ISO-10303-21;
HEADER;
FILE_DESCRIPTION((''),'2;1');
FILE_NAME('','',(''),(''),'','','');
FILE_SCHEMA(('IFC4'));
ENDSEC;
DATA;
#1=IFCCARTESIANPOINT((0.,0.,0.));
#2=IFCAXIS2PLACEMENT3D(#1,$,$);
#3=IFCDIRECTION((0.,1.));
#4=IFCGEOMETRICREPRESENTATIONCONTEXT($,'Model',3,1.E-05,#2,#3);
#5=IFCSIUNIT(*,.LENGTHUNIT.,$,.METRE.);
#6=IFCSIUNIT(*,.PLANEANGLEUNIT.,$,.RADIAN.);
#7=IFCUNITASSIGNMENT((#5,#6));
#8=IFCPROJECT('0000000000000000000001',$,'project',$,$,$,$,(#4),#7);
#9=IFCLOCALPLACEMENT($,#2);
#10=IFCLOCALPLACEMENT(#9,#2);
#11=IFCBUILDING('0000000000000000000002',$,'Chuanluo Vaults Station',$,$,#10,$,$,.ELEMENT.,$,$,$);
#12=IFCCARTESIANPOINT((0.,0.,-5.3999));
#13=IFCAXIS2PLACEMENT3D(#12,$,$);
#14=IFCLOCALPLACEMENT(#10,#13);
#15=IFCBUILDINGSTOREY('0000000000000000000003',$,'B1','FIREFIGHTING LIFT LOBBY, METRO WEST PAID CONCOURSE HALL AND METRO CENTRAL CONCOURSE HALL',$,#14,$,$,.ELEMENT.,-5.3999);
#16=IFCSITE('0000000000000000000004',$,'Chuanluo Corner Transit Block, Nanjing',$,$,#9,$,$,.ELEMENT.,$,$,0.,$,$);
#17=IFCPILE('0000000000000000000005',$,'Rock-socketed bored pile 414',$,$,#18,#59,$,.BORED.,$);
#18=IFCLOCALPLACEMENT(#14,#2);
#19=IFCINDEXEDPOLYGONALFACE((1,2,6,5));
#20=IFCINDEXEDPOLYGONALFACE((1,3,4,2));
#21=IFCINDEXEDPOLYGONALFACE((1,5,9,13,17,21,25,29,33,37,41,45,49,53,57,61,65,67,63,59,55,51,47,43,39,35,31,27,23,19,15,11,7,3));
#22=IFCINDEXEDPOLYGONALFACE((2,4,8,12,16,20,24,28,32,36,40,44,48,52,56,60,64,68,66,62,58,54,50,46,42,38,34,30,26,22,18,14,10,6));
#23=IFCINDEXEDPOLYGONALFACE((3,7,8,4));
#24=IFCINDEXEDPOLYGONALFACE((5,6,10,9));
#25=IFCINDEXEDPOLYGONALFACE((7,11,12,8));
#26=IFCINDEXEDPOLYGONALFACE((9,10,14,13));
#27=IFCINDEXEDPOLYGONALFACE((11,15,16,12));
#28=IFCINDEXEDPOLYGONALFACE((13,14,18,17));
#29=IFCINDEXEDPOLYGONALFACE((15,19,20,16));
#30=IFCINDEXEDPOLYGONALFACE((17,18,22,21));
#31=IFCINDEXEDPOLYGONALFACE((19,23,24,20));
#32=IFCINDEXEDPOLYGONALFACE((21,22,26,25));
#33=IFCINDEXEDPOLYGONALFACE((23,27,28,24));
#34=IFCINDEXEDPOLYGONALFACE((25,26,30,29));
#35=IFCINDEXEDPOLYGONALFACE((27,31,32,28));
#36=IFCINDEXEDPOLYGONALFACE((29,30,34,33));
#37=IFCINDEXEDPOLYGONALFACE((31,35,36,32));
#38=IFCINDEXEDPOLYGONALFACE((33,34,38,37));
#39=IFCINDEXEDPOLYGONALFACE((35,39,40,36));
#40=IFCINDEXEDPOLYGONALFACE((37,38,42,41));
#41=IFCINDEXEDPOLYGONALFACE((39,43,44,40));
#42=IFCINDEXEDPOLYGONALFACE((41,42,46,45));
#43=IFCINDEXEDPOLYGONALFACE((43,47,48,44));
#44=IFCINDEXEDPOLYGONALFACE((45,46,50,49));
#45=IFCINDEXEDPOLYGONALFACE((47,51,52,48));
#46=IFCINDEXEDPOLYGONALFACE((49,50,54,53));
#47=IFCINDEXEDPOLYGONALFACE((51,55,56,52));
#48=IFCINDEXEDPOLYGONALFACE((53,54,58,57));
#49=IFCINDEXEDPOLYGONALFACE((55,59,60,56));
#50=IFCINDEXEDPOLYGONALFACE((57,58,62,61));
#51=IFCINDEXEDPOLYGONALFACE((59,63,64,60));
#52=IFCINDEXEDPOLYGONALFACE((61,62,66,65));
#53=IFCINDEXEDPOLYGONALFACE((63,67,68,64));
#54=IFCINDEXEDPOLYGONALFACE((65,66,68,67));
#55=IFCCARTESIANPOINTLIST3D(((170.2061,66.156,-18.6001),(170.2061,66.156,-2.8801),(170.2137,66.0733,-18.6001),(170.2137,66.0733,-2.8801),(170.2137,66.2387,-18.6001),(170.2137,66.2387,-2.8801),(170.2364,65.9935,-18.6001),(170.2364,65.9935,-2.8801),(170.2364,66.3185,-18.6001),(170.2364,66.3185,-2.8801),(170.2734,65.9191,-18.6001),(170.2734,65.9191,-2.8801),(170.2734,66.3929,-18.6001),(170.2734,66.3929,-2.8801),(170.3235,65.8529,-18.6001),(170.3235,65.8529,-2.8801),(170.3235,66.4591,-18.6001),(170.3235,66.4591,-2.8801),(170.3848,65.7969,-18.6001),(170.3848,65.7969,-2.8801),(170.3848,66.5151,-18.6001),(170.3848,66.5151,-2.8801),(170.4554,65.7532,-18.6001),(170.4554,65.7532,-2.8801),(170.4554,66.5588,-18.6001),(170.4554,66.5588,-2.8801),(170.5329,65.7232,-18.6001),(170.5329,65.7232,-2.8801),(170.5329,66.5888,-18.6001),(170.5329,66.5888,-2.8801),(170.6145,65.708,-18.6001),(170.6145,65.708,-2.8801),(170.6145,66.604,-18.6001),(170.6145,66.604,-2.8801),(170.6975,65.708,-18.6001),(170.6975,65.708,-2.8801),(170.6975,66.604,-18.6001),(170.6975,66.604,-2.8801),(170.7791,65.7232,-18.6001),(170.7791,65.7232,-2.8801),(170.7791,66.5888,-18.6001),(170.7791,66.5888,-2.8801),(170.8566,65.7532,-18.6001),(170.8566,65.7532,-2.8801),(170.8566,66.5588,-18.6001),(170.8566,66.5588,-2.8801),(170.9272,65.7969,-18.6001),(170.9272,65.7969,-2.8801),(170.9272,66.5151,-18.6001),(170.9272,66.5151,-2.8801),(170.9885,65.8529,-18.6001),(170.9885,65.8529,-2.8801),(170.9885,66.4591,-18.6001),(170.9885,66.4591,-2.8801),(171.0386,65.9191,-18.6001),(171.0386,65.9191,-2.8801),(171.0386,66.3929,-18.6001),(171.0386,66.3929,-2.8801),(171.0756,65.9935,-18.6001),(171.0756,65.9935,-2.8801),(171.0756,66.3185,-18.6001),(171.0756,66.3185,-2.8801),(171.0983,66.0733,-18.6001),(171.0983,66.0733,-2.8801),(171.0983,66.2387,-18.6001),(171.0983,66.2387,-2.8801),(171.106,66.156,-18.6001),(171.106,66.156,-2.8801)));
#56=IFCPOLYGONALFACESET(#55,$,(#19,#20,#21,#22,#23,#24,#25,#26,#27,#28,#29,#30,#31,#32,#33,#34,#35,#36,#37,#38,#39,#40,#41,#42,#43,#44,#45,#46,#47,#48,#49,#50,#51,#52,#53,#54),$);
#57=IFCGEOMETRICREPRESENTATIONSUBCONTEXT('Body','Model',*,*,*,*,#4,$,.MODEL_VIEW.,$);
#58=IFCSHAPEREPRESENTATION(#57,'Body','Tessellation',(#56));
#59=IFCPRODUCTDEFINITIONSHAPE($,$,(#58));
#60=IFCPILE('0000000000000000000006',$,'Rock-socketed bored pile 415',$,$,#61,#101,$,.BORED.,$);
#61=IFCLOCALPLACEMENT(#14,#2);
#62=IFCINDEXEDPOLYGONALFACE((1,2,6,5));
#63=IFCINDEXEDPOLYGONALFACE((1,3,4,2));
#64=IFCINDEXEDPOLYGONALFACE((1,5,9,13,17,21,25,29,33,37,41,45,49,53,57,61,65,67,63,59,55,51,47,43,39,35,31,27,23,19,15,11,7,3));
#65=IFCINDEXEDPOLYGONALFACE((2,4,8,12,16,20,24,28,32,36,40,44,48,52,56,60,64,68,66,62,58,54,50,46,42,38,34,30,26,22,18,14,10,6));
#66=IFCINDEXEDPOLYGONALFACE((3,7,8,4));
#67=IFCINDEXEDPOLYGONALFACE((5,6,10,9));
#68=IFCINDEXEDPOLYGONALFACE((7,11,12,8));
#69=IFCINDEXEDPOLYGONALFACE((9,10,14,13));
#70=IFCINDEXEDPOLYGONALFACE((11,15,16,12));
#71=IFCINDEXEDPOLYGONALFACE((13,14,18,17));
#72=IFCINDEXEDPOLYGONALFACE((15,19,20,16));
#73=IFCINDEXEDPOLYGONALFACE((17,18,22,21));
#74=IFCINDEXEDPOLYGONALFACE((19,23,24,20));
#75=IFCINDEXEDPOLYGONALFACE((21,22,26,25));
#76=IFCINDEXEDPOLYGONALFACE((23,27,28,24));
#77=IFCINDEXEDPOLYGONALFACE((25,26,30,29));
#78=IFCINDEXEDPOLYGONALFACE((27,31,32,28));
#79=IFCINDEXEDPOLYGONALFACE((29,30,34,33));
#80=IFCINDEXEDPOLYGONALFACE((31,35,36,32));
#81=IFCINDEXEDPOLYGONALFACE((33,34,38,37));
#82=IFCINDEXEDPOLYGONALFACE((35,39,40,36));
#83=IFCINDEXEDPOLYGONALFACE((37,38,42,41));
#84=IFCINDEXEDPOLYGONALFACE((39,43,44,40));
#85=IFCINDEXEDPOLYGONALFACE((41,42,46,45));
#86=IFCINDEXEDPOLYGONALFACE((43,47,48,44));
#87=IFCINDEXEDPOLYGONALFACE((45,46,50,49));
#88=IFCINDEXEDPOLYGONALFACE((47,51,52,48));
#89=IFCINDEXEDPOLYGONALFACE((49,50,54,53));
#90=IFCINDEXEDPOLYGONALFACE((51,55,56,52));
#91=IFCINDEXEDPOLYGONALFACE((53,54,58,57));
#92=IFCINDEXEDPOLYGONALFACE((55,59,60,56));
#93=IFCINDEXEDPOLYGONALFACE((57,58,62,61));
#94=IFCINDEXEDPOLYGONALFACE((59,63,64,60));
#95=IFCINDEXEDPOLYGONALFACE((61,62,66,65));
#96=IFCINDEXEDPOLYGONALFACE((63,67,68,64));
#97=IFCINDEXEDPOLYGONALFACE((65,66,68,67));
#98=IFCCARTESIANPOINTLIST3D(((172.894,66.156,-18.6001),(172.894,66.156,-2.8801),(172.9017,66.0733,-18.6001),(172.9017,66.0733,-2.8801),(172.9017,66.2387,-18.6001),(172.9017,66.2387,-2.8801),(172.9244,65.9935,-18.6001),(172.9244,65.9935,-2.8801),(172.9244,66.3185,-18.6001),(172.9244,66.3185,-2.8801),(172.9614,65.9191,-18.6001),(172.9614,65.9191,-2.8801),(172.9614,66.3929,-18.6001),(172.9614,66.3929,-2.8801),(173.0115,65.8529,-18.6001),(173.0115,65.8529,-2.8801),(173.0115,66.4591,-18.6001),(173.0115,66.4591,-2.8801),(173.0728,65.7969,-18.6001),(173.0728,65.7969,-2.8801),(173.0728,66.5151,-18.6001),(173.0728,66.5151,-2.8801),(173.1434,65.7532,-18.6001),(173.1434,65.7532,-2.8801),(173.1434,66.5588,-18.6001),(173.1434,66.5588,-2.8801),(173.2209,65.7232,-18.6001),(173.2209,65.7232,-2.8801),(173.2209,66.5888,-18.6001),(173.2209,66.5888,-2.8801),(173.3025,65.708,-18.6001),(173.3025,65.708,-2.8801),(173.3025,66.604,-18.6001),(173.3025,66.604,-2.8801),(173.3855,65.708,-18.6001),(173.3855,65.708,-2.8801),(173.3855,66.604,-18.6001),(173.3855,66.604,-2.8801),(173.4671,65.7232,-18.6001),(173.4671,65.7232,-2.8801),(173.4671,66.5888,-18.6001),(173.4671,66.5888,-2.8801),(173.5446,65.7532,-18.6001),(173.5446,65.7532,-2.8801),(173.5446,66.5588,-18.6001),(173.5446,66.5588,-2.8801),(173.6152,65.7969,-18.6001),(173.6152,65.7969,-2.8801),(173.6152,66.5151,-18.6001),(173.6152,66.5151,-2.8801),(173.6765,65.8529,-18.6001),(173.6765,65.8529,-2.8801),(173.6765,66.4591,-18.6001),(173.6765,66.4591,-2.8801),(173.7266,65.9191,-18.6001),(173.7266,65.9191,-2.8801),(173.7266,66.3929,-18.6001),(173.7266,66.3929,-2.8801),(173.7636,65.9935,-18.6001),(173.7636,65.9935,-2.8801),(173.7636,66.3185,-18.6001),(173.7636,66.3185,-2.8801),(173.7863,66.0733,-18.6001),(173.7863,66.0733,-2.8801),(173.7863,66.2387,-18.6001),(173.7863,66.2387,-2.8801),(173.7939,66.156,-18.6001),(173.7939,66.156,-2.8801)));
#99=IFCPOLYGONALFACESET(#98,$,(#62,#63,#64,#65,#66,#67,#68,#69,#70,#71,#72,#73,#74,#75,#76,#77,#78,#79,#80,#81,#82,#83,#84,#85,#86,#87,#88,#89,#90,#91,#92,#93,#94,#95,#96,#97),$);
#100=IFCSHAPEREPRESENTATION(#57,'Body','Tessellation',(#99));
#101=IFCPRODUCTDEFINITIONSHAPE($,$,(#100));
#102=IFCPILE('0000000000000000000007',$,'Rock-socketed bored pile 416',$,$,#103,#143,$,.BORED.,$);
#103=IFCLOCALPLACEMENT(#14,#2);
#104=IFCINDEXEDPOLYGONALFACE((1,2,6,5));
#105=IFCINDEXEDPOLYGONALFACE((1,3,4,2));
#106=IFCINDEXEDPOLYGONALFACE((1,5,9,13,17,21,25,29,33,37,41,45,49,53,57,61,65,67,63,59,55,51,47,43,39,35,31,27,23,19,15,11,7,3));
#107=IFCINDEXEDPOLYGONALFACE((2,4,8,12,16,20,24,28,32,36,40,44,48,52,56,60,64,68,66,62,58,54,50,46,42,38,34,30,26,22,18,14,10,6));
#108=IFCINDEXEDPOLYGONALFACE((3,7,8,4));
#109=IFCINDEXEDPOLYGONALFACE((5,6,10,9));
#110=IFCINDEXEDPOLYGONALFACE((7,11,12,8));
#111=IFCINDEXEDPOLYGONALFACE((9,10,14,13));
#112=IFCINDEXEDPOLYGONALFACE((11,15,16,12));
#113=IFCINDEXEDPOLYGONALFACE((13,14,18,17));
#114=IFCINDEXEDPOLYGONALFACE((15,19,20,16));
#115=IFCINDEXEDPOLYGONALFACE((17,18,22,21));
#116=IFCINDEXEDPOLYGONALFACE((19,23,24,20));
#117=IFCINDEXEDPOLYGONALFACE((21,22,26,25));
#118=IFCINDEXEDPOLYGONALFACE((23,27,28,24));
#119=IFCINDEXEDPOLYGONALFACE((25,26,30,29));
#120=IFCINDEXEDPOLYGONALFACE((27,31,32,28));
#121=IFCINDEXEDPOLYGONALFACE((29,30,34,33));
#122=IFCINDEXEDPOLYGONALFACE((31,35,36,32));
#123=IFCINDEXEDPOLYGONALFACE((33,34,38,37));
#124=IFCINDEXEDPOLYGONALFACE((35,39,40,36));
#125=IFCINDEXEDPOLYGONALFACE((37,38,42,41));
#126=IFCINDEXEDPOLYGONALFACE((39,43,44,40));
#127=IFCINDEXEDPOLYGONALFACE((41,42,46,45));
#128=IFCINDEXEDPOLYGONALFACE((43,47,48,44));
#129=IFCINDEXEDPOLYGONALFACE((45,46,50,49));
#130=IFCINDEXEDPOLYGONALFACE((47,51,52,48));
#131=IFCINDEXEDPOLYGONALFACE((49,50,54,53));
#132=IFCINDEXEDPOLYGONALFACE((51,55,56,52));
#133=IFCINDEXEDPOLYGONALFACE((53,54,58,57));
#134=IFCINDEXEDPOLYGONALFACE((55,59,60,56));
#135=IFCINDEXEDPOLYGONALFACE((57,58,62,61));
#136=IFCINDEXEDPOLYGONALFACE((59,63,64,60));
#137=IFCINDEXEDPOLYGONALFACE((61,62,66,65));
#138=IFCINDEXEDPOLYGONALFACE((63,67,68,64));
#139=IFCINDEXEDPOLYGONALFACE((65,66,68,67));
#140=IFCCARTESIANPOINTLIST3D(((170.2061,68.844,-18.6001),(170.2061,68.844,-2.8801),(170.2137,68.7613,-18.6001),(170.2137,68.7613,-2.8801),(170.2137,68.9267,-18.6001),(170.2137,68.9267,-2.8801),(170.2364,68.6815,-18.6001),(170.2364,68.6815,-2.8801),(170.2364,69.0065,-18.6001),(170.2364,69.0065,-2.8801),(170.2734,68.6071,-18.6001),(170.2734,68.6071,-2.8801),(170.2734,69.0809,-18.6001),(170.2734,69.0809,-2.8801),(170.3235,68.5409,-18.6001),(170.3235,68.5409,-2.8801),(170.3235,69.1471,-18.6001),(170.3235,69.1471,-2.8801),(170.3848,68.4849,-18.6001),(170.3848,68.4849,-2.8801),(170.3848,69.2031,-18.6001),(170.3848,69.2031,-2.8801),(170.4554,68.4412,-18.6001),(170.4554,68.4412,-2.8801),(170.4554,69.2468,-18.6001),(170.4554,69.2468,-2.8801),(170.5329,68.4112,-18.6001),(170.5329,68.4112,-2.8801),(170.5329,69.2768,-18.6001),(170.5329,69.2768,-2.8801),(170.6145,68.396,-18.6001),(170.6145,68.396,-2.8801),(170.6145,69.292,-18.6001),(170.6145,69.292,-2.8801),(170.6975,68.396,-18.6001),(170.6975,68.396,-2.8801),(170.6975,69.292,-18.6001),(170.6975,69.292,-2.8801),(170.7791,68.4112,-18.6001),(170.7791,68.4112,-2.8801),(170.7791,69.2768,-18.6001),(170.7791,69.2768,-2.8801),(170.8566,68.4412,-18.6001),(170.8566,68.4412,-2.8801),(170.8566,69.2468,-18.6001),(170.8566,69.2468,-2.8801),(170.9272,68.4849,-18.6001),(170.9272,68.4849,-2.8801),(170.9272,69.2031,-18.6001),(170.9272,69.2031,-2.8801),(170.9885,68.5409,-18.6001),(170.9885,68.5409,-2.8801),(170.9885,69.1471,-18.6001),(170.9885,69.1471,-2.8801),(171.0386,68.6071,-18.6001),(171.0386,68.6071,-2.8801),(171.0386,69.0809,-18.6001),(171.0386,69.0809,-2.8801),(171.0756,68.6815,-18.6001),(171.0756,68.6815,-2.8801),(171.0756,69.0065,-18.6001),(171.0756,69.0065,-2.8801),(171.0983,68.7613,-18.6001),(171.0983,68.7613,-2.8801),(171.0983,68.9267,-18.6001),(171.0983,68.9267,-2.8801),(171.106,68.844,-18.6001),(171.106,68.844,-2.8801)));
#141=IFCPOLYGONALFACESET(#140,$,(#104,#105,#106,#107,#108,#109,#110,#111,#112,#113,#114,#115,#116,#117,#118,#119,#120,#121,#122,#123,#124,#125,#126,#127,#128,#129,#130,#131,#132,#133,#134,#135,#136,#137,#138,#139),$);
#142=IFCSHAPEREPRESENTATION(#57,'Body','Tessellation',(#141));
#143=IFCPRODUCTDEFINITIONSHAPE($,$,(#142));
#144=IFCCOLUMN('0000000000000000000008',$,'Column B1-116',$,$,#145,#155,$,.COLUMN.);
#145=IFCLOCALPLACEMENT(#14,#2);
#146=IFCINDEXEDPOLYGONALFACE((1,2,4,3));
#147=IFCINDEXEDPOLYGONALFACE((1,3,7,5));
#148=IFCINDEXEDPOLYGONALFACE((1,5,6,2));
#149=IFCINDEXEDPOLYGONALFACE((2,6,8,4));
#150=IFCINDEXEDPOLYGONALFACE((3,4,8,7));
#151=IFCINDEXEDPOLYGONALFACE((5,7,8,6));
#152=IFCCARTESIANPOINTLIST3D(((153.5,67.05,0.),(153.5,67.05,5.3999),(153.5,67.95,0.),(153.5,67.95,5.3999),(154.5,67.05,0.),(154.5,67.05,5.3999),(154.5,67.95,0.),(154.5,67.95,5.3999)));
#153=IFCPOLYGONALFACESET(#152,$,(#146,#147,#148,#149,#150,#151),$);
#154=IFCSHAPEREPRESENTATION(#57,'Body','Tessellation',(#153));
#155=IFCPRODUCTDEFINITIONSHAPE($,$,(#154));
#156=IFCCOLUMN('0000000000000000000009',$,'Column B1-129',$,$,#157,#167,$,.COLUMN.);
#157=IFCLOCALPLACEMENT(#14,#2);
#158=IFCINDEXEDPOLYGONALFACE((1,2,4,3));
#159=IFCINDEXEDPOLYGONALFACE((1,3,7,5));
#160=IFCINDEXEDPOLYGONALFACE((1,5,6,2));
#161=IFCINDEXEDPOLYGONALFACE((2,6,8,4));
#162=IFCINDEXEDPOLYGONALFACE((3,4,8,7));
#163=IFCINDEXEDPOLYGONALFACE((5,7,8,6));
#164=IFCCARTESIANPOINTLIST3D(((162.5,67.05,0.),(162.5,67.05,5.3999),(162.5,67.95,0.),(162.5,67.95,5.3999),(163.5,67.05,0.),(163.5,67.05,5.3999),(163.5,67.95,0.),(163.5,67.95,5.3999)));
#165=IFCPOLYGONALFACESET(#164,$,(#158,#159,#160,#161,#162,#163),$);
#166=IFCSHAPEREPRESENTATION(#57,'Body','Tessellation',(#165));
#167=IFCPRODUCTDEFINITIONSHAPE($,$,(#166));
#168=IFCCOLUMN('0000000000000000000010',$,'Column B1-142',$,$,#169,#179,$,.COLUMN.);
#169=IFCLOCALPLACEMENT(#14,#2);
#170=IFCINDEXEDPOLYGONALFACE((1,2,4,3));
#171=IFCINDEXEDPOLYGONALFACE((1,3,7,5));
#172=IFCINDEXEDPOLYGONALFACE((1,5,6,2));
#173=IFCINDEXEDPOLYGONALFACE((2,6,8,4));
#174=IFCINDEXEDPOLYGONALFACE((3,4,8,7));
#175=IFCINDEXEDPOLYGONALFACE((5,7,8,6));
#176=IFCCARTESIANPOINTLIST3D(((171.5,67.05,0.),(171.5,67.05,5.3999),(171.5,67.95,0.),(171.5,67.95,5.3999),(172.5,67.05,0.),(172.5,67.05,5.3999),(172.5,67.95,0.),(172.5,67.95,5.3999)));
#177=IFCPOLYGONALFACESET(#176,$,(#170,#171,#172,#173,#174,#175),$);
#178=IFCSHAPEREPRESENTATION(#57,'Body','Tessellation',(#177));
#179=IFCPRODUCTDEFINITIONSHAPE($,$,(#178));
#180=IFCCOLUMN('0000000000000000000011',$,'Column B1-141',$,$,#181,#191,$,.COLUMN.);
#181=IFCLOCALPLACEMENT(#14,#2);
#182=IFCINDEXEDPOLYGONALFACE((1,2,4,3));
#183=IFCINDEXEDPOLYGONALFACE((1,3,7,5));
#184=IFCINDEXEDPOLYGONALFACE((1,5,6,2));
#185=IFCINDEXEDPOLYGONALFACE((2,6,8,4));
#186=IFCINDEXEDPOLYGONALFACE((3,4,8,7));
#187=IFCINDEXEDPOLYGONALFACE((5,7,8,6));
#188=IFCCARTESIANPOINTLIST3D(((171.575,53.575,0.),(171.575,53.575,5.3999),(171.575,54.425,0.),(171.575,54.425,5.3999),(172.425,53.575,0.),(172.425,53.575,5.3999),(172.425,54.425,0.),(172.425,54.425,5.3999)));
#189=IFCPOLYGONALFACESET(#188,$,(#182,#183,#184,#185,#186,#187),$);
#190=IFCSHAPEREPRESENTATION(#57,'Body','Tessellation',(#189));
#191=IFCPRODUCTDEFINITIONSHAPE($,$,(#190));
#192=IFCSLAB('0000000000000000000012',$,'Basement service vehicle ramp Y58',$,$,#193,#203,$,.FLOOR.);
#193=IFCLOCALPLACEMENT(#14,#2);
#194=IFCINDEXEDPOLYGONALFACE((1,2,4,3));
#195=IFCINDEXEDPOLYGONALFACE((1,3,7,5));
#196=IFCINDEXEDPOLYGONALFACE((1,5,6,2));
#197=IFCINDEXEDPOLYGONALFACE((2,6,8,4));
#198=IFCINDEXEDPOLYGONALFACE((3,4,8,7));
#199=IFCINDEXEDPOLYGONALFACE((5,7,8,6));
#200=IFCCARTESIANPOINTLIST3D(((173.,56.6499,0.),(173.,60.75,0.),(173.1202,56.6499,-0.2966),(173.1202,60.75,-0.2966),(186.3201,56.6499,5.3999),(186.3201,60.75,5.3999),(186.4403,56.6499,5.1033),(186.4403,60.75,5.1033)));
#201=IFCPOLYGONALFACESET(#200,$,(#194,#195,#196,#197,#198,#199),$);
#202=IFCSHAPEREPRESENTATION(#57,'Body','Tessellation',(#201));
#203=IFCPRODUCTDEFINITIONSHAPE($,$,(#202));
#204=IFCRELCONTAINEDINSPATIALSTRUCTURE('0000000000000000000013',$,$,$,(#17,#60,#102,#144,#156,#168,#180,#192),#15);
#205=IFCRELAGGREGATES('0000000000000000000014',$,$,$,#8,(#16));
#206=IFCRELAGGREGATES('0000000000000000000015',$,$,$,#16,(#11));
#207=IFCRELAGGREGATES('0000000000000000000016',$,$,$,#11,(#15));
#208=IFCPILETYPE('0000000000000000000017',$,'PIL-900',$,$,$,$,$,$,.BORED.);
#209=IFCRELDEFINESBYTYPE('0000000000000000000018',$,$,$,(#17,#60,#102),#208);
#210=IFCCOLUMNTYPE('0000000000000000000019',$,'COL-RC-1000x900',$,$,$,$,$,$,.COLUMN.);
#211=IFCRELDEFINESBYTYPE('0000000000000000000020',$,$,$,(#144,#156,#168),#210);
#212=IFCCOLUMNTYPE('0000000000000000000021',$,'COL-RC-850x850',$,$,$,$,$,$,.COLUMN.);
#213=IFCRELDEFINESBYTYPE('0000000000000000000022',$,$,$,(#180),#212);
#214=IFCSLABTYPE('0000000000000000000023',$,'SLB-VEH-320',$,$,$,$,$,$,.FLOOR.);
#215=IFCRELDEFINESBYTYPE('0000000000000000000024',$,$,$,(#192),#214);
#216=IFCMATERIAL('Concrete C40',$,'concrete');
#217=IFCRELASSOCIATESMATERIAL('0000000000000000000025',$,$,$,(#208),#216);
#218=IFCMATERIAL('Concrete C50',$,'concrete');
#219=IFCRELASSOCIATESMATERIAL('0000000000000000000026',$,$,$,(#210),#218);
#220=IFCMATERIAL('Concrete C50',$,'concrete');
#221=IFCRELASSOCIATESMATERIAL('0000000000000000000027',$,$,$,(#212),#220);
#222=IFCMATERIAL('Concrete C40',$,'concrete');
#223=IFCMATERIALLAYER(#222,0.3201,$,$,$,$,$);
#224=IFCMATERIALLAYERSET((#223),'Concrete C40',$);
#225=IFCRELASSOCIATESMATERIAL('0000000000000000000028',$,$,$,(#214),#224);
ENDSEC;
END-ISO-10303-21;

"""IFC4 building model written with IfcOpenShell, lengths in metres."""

from ifc_helpers import new_model, si_unit, direction, frame, origin, origin_2d, place, context, subcontext, project, spatial, polyline, rectangle, circle, outline, extrude, material, layer, layer_set, material_profile, profile_set, type_object, element, save


model = new_model("IFC4")

# Units and contexts
model_context = context("Model", 3, precision=1e-05, world=origin(), true_north=direction((0.0, 1.0)))
body_context = subcontext(model_context, "Body", "Model", "MODEL_VIEW")
ifc_project = project(units=[si_unit("LENGTHUNIT", "METRE"), si_unit("PLANEANGLEUNIT", "RADIAN")], contexts=[model_context])

# Site, building, storey
site_placement = place(None, origin())
site = spatial("IfcSite", under=ifc_project, at=site_placement, Name="Chuanluo Corner Transit Block, Nanjing", CompositionType="ELEMENT", RefElevation=0.0)
building_placement = place(site_placement, origin())
building = spatial("IfcBuilding", under=site, at=building_placement, Name="Chuanluo Vaults Station", CompositionType="ELEMENT")
storey_placement = place(building_placement, frame((0.0, 0.0, -5.3999)))
storey = spatial("IfcBuildingStorey", under=building, at=storey_placement, Name="B1", Description="FIREFIGHTING LIFT LOBBY, METRO WEST PAID CONCOURSE HALL AND METRO CENTRAL CONCOURSE HALL", CompositionType="ELEMENT", Elevation=-5.3999)

# Piles
ifc_material_1 = material(Name="Concrete C40", Category="concrete")
ifc_material_profile_1 = material_profile(ifc_material_1, circle(Radius=0.45, at=origin_2d()))
ifc_profile_set_1 = profile_set([ifc_material_profile_1], Name="Concrete C40")
pile_type_1 = type_object("IfcPileType", Name="PIL-900", PredefinedType="BORED", material=ifc_profile_set_1)
for number, where, z_axis, x_axis, name in (
    (1, (170.656, 66.156, -2.8801), (0.0, 0.0, -1.0), (1.0, 0.0, 0.0), "Rock-socketed bored pile 414"),
    (2, (173.344, 66.156, -2.8801), (0.0, 0.0, -1.0), (1.0, 0.0, 0.0), "Rock-socketed bored pile 415"),
    (3, (170.656, 68.844, -2.8801), (0.0, 0.0, -1.0), (1.0, 0.0, 0.0), "Rock-socketed bored pile 416"),
):
    element("IfcPile", number, at=place(storey_placement, frame(where, z_axis=z_axis, x_axis=x_axis)), inside=storey, type_object=pile_type_1, Name=name, PredefinedType="BORED", context=body_context, shape_type="SweptSolid", body=[
        extrude(circle(Radius=0.45, at=origin_2d()), origin(), (0.0, 0.0, 1.0), 15.72),
    ])

# Columns
ifc_material_2 = material(Name="Concrete C50", Category="concrete")
ifc_material_profile_2 = material_profile(ifc_material_2, rectangle(XDim=1.0, YDim=0.8999, at=origin_2d()))
ifc_profile_set_2 = profile_set([ifc_material_profile_2], Name="Concrete C50")
column_type_1 = type_object("IfcColumnType", Name="COL-RC-1000x900", PredefinedType="COLUMN", material=ifc_profile_set_2)
for number, where, z_axis, x_axis, name in (
    (4, (154.0, 67.5, 0.0), (0.0, 0.0, 1.0), (1.0, 0.0, 0.0), "Column B1-116"),
    (5, (163.0, 67.5, 0.0), (0.0, 0.0, 1.0), (1.0, 0.0, 0.0), "Column B1-129"),
    (6, (172.0, 67.5, 0.0), (0.0, 0.0, 1.0), (1.0, 0.0, 0.0), "Column B1-142"),
):
    element("IfcColumn", number, at=place(storey_placement, frame(where, z_axis=z_axis, x_axis=x_axis)), inside=storey, type_object=column_type_1, Name=name, PredefinedType="COLUMN", context=body_context, shape_type="SweptSolid", body=[
        extrude(rectangle(XDim=1.0, YDim=0.8999, at=origin_2d()), origin(), (0.0, 0.0, 1.0), 5.3999),
    ])
ifc_material_3 = material(Name="Concrete C50", Category="concrete")
ifc_material_profile_3 = material_profile(ifc_material_3, rectangle(XDim=0.8501, YDim=0.8501, at=origin_2d()))
ifc_profile_set_3 = profile_set([ifc_material_profile_3], Name="Concrete C50")
column_type_2 = type_object("IfcColumnType", Name="COL-RC-850x850", PredefinedType="COLUMN", material=ifc_profile_set_3)
column_placement = place(storey_placement, frame((172.0, 54.0, 0.0), z_axis=(0.0, 0.0, 1.0), x_axis=(1.0, 0.0, 0.0)))
element("IfcColumn", 7, at=column_placement, inside=storey, type_object=column_type_2, Name="Column B1-141", PredefinedType="COLUMN", context=body_context, shape_type="SweptSolid", body=[
    extrude(rectangle(XDim=0.8501, YDim=0.8501, at=origin_2d()), origin(), (0.0, 0.0, 1.0), 5.3999),
])

# Slab
ifc_material_4 = material(Name="Concrete C40", Category="concrete")
ifc_layer_1 = layer(ifc_material_4, 0.3201)
ifc_layer_set_1 = layer_set([ifc_layer_1], Name="Concrete C40")
slab_type = type_object("IfcSlabType", Name="SLB-VEH-320", PredefinedType="FLOOR", material=ifc_layer_set_1)
slab_placement = place(storey_placement, frame((173.0, 56.6499, 0.0), z_axis=(-0.375698, 0.0, 0.926742), x_axis=(0.926742, 0.0, 0.375698)))
element("IfcSlab", 8, at=slab_placement, inside=storey, type_object=slab_type, Name="Basement service vehicle ramp Y58", PredefinedType="FLOOR", context=body_context, shape_type="SweptSolid", body=[
    extrude(outline(polyline([(0.0, 0.0), (14.373, 0.0), (14.373, 4.1001), (0.0, 4.1001), (0.0, 0.0)])), origin(), (0.0, 0.0, -1.0), 0.3201),
])

save(model, "model.ifc")
